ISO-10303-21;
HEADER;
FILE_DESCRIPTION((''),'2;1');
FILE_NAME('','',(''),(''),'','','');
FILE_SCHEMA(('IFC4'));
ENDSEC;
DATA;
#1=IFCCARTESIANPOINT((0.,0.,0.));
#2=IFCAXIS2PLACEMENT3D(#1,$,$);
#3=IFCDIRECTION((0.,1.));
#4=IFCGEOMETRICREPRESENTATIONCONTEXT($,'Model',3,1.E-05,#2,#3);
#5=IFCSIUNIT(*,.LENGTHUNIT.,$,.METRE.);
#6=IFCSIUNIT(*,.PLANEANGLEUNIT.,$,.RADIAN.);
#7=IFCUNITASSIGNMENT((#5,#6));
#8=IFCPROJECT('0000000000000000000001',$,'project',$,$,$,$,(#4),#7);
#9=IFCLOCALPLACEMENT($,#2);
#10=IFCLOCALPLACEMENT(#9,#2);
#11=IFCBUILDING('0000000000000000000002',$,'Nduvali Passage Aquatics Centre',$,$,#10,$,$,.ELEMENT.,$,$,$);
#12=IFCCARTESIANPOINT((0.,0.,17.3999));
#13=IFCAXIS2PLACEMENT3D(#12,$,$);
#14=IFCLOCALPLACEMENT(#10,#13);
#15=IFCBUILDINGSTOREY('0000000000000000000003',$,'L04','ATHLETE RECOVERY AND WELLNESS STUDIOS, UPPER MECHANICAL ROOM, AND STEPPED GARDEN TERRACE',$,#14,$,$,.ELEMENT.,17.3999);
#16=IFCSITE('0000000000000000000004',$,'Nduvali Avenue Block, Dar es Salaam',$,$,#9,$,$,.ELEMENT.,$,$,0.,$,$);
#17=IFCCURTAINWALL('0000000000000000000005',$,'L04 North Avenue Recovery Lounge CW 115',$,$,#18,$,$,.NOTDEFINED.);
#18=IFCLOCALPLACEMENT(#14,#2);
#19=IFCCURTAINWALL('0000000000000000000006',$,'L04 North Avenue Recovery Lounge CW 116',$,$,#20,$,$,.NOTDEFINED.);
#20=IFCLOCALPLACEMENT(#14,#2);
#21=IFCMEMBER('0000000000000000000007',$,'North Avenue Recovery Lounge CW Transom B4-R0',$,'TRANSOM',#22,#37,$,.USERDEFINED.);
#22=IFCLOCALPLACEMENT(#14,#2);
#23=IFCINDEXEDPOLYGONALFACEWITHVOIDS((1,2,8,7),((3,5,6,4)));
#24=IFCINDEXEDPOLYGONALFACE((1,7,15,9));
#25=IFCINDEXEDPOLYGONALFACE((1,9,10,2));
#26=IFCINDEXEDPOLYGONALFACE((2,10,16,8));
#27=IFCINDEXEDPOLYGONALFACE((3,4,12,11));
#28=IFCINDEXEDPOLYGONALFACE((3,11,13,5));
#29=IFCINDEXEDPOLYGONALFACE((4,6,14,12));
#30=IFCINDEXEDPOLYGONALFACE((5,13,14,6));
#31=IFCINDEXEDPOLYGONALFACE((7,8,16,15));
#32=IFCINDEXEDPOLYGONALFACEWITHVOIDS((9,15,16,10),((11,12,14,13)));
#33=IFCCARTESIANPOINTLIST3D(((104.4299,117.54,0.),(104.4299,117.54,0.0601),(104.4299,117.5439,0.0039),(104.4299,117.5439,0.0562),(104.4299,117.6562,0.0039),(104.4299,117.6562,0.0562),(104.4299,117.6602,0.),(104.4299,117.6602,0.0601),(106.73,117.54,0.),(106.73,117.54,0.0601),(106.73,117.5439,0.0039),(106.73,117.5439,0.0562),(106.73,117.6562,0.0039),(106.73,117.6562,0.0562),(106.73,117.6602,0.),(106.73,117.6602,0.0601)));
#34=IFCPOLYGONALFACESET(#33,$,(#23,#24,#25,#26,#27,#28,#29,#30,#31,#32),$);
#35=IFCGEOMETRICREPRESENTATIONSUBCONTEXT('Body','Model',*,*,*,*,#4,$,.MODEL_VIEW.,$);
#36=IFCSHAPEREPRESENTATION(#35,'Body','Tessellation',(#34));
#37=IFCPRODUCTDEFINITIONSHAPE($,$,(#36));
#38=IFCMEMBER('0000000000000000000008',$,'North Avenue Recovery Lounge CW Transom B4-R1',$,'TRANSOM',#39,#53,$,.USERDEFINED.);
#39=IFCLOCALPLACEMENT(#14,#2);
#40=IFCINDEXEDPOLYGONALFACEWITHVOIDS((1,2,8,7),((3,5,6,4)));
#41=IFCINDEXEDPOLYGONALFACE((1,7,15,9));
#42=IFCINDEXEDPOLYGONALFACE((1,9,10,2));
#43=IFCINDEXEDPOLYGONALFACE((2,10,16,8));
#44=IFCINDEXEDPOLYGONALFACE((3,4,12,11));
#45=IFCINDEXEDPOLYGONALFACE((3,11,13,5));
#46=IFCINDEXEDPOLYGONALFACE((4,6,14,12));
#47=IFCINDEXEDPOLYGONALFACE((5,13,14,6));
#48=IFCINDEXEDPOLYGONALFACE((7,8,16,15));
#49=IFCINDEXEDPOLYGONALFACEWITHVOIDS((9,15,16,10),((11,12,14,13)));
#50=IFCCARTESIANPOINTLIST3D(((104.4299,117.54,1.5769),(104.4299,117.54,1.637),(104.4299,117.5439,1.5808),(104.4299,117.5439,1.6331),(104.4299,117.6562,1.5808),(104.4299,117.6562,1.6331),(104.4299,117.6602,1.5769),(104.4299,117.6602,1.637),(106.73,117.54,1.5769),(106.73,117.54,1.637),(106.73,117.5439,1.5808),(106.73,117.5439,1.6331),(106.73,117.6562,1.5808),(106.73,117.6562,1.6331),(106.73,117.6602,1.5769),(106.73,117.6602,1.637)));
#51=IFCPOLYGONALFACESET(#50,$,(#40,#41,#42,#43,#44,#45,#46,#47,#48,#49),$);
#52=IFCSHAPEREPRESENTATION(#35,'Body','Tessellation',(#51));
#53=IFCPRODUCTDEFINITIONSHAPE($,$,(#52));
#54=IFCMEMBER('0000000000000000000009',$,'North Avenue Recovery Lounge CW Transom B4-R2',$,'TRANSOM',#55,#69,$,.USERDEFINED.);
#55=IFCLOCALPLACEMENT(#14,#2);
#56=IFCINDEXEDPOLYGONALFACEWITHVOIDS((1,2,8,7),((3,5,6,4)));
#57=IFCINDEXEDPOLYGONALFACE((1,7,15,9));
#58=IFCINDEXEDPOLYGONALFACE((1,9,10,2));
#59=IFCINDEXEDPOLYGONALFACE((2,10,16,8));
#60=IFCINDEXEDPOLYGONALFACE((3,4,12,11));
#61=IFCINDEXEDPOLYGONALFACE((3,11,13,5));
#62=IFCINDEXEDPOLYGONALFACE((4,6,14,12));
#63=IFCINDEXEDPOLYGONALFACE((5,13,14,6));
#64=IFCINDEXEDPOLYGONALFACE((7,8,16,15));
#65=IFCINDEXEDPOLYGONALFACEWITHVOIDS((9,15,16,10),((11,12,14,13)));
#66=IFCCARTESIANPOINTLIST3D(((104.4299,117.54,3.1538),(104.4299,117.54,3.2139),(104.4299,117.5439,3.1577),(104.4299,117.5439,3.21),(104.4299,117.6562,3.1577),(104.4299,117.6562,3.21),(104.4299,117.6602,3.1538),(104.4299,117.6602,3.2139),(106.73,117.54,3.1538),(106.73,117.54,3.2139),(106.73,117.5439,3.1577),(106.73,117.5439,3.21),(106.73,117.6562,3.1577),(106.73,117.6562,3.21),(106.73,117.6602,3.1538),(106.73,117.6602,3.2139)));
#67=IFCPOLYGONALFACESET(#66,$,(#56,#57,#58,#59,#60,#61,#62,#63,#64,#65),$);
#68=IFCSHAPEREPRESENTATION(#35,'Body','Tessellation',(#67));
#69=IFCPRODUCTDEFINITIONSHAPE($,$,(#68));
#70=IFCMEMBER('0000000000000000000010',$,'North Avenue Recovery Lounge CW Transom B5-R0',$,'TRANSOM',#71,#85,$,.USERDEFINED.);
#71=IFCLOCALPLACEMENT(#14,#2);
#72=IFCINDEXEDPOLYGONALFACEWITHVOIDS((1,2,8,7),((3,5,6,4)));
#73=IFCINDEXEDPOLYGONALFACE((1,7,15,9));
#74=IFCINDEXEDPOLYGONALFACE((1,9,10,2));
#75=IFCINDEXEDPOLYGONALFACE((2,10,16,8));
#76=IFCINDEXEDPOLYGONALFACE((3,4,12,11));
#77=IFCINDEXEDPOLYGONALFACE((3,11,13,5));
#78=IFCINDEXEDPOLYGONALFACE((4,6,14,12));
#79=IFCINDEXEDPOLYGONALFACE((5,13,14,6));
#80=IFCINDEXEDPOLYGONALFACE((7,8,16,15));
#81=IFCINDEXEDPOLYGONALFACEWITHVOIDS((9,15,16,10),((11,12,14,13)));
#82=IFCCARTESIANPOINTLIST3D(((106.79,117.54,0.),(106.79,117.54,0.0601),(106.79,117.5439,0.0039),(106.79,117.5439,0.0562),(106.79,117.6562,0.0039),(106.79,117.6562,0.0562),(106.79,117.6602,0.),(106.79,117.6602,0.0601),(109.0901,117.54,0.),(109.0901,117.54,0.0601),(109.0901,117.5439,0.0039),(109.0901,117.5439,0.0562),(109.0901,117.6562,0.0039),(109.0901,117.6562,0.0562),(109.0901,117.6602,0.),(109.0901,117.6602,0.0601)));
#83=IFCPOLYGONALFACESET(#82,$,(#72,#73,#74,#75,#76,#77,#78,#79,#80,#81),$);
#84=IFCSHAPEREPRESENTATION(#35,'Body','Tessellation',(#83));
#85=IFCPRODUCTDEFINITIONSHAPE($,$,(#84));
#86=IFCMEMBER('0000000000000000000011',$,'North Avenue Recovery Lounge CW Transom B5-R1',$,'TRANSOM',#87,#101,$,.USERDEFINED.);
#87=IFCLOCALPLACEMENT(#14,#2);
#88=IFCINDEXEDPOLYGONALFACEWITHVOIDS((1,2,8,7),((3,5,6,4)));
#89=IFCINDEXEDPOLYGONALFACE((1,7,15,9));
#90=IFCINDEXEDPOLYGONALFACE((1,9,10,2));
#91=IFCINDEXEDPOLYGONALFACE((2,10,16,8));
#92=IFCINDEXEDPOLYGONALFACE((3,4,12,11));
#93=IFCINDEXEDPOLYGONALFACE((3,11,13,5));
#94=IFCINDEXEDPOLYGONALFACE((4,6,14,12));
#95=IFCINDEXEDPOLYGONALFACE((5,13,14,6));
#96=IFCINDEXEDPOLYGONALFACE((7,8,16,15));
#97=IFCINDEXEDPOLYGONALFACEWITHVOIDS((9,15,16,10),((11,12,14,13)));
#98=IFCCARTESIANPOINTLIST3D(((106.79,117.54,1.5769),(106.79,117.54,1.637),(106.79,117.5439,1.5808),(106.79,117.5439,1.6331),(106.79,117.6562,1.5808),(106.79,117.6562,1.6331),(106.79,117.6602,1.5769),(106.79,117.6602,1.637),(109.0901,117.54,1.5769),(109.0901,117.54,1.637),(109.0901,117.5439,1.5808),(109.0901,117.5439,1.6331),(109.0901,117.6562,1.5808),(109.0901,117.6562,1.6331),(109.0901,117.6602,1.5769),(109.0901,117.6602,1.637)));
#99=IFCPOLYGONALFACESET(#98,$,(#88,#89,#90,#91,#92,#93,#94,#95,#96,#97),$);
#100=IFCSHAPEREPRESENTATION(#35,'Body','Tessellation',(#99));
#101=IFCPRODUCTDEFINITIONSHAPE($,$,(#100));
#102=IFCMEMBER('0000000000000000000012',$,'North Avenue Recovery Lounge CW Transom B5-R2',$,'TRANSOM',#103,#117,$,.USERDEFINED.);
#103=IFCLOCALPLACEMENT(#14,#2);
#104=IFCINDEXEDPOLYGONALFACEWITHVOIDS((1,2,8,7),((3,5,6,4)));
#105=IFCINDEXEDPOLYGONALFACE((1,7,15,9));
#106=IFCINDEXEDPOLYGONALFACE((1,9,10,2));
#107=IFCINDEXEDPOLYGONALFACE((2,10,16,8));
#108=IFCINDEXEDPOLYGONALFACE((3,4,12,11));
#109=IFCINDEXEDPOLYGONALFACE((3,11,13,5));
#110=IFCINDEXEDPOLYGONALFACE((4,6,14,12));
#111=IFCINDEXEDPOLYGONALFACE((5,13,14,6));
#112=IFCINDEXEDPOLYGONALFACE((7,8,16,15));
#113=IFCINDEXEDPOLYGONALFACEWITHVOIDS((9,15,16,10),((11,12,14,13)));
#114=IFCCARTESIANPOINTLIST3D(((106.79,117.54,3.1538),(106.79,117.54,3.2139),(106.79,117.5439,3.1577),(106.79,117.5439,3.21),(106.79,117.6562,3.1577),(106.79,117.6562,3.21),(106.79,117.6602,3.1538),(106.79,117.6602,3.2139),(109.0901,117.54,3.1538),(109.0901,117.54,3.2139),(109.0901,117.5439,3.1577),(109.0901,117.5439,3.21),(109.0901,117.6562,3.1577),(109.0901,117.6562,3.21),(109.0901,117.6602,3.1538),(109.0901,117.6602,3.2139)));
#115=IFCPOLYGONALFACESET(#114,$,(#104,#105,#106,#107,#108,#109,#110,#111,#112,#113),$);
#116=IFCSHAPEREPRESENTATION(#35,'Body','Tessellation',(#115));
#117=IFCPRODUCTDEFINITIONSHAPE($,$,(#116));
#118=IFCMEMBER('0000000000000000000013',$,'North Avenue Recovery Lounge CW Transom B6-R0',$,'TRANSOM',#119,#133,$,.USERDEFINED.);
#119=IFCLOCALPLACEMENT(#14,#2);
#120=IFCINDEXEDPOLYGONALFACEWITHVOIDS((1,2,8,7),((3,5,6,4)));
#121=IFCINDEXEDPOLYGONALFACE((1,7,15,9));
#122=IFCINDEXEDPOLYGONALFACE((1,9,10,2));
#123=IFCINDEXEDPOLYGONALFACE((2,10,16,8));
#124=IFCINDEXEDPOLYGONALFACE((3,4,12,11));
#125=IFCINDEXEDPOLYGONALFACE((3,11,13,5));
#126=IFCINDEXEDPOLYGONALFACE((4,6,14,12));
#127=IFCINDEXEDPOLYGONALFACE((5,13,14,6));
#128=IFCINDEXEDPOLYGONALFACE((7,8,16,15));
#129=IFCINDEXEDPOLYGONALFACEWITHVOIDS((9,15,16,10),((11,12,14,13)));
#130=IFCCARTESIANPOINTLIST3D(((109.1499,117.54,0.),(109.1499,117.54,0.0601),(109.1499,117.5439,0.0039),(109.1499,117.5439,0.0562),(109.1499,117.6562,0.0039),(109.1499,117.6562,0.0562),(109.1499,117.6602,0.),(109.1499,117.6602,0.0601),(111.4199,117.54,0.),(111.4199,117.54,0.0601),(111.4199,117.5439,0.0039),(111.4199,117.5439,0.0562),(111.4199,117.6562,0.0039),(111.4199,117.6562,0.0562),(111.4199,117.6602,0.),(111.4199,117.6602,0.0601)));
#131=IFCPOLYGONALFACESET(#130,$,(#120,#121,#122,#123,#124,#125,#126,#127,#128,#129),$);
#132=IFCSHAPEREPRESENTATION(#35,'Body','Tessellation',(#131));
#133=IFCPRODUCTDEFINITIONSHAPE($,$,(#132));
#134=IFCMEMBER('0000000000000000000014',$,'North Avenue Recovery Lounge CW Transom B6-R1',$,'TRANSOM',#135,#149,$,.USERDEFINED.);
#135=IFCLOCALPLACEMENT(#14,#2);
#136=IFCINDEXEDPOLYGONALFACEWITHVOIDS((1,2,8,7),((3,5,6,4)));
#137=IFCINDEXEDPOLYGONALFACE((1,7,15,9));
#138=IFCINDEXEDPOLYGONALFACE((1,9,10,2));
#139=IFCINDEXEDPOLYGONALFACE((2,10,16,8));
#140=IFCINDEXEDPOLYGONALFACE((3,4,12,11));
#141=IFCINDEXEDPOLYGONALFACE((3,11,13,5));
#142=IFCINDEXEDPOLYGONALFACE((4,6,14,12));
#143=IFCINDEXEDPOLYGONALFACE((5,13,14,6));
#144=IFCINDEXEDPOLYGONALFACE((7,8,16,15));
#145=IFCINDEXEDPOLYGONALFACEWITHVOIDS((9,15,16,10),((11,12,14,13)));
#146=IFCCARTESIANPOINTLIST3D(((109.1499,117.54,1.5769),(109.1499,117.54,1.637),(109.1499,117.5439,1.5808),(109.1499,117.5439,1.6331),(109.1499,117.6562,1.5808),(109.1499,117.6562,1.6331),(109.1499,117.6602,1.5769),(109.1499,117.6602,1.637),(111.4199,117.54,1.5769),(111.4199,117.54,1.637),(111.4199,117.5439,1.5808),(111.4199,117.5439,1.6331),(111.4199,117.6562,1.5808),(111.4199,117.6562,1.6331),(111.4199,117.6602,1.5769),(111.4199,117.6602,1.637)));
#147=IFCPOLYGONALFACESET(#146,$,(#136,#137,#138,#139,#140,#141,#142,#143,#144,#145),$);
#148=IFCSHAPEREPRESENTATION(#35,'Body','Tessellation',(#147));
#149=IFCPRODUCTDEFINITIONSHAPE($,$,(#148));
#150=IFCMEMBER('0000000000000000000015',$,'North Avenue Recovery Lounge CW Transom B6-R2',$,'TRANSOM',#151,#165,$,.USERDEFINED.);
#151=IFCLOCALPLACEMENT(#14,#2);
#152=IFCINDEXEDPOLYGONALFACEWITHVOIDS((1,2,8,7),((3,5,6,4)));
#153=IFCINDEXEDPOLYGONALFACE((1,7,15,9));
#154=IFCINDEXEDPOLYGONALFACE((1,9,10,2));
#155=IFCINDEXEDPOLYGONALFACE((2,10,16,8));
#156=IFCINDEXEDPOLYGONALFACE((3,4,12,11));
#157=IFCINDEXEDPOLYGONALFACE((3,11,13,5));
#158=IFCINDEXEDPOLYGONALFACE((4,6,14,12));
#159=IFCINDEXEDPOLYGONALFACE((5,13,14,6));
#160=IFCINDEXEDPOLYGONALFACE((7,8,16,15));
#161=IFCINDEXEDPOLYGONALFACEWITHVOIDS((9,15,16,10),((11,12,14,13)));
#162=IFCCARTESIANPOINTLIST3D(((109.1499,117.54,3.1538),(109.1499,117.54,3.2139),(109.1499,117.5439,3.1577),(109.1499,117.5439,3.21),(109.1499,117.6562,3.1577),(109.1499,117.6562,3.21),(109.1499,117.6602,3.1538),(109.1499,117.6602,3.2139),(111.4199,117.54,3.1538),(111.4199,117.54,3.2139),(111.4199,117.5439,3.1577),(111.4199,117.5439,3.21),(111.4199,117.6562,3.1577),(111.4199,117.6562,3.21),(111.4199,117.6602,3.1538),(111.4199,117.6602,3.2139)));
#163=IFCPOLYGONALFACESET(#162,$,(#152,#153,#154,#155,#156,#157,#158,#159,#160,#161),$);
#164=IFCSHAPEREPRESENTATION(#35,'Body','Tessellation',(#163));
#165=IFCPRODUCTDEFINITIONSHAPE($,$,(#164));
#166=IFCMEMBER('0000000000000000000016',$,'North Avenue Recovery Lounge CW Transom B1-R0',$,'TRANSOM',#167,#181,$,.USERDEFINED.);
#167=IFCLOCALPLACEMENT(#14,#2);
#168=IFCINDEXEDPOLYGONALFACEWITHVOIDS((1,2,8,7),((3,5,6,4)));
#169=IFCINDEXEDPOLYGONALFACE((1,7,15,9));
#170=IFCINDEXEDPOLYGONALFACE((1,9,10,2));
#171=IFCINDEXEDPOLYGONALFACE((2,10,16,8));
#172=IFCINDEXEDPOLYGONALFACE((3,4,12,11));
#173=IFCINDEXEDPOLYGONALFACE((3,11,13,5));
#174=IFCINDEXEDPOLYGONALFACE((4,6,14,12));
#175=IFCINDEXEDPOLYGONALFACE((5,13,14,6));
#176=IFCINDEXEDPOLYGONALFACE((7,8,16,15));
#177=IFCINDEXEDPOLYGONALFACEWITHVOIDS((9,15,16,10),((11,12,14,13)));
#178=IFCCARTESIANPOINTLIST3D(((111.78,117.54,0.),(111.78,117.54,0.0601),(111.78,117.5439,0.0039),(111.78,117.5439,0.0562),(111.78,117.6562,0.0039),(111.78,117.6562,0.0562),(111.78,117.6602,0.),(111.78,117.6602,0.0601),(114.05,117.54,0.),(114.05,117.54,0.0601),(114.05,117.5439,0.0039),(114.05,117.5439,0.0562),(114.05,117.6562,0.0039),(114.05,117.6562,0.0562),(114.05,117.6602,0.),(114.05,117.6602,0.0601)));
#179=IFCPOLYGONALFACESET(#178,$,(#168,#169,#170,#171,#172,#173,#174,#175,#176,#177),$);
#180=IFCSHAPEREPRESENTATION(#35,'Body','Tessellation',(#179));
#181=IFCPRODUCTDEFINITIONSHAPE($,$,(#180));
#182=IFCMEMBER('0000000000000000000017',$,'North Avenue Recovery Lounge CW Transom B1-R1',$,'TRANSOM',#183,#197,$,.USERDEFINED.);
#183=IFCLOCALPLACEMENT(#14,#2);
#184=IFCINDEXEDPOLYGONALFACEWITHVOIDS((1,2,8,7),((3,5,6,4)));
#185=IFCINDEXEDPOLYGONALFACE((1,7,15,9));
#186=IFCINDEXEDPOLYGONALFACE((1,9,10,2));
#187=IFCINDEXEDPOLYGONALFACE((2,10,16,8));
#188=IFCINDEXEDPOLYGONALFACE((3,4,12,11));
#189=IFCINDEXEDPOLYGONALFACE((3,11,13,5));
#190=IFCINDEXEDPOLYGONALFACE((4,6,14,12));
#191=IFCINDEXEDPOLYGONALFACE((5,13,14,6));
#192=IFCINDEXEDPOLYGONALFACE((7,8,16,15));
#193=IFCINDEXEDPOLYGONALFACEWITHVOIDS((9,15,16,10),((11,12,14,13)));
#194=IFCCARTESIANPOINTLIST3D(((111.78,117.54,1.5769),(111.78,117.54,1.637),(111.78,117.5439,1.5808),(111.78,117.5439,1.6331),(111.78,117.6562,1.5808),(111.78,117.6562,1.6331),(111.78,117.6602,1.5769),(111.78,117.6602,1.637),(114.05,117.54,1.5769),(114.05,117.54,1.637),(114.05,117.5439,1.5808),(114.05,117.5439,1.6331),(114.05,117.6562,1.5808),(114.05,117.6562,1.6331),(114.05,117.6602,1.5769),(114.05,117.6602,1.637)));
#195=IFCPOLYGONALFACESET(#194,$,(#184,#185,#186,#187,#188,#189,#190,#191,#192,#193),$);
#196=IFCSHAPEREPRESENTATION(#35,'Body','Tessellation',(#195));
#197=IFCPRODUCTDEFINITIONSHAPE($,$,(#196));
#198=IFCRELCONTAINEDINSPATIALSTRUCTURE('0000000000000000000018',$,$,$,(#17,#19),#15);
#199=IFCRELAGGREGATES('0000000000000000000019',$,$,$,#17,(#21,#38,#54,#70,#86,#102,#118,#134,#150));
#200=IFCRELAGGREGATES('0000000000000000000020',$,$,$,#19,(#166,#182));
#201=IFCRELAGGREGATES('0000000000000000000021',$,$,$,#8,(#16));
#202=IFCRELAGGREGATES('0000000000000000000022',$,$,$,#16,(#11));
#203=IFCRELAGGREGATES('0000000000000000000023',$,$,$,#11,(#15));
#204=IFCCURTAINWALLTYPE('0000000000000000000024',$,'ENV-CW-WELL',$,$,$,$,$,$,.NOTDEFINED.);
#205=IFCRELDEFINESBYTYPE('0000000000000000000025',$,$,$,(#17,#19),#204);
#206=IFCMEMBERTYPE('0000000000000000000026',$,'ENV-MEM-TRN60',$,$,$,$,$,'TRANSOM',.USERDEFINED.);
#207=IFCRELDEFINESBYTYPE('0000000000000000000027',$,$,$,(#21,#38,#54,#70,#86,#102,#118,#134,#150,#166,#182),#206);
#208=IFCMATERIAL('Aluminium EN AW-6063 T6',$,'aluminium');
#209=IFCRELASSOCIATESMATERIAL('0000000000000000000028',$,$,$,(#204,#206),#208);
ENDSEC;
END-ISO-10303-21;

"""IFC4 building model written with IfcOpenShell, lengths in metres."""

from ifc_helpers import new_model, si_unit, direction, frame, origin, origin_2d, place, context, subcontext, project, spatial, hollow_rectangle, extrude, material, material_profile, profile_set, type_object, element, aggregate, save


model = new_model("IFC4")

# Units and contexts
model_context = context("Model", 3, precision=1e-05, world=origin(), true_north=direction((0.0, 1.0)))
body_context = subcontext(model_context, "Body", "Model", "MODEL_VIEW")
ifc_project = project(units=[si_unit("LENGTHUNIT", "METRE"), si_unit("PLANEANGLEUNIT", "RADIAN")], contexts=[model_context])

# Site, building, storey
site_placement = place(None, origin())
site = spatial("IfcSite", under=ifc_project, at=site_placement, Name="Nduvali Avenue Block, Dar es Salaam", CompositionType="ELEMENT", RefElevation=0.0)
building_placement = place(site_placement, origin())
building = spatial("IfcBuilding", under=site, at=building_placement, Name="Nduvali Passage Aquatics Centre", CompositionType="ELEMENT")
storey_placement = place(building_placement, frame((0.0, 0.0, 17.3999)))
storey = spatial("IfcBuildingStorey", under=building, at=storey_placement, Name="L04", Description="ATHLETE RECOVERY AND WELLNESS STUDIOS, UPPER MECHANICAL ROOM, AND STEPPED GARDEN TERRACE", CompositionType="ELEMENT", Elevation=17.3999)

# Curtain walls
ifc_material_1 = material(Name="Aluminium EN AW-6063 T6", Category="aluminium")
curtain_wall_type = type_object("IfcCurtainWallType", Name="ENV-CW-WELL", PredefinedType="NOTDEFINED", material=ifc_material_1)
curtain_wall_1_placement = place(storey_placement, origin())
curtain_wall_1 = element("IfcCurtainWall", 1, at=curtain_wall_1_placement, inside=storey, type_object=curtain_wall_type, Name="L04 North Avenue Recovery Lounge CW 115", PredefinedType="NOTDEFINED")
curtain_wall_2_placement = place(storey_placement, origin())
curtain_wall_2 = element("IfcCurtainWall", 2, at=curtain_wall_2_placement, inside=storey, type_object=curtain_wall_type, Name="L04 North Avenue Recovery Lounge CW 116", PredefinedType="NOTDEFINED")

# Members
ifc_material_profile_1 = material_profile(ifc_material_1, hollow_rectangle(XDim=0.1201, YDim=0.0601, WallThickness=0.0039, at=origin_2d()), Name="ALU TRANSOM 120x60x4")
ifc_profile_set_1 = profile_set([ifc_material_profile_1], Name="Aluminium EN AW-6063 T6")
member_type_1 = type_object("IfcMemberType", Name="ENV-MEM-TRN60", ElementType="TRANSOM", PredefinedType="USERDEFINED", material=ifc_profile_set_1)
member_1_placement = place(storey_placement, frame((104.4299, 117.6001, 0.03), z_axis=(1.0, 0.0, 0.0), x_axis=(0.0, 1.0, 0.0)))
member_1 = element("IfcMember", 3, at=member_1_placement, type_object=member_type_1, Name="North Avenue Recovery Lounge CW Transom B4-R0", ObjectType="TRANSOM", PredefinedType="USERDEFINED", context=body_context, shape_type="SweptSolid", body=[
    extrude(hollow_rectangle(XDim=0.1201, YDim=0.0601, WallThickness=0.0039, at=origin_2d()), origin(), (0.0, 0.0, 1.0), 2.3),
])
member_2_placement = place(storey_placement, frame((104.4299, 117.6001, 1.6069), z_axis=(1.0, 0.0, 0.0), x_axis=(0.0, 1.0, 0.0)))
member_2 = element("IfcMember", 4, at=member_2_placement, type_object=member_type_1, Name="North Avenue Recovery Lounge CW Transom B4-R1", ObjectType="TRANSOM", PredefinedType="USERDEFINED", context=body_context, shape_type="SweptSolid", body=[
    extrude(hollow_rectangle(XDim=0.1201, YDim=0.0601, WallThickness=0.0039, at=origin_2d()), origin(), (0.0, 0.0, 1.0), 2.3),
])
member_3_placement = place(storey_placement, frame((104.4299, 117.6001, 3.1838), z_axis=(1.0, 0.0, 0.0), x_axis=(0.0, 1.0, 0.0)))
member_3 = element("IfcMember", 5, at=member_3_placement, type_object=member_type_1, Name="North Avenue Recovery Lounge CW Transom B4-R2", ObjectType="TRANSOM", PredefinedType="USERDEFINED", context=body_context, shape_type="SweptSolid", body=[
    extrude(hollow_rectangle(XDim=0.1201, YDim=0.0601, WallThickness=0.0039, at=origin_2d()), origin(), (0.0, 0.0, 1.0), 2.3),
])
member_4_placement = place(storey_placement, frame((106.79, 117.6001, 0.03), z_axis=(1.0, 0.0, 0.0), x_axis=(0.0, 1.0, 0.0)))
member_4 = element("IfcMember", 6, at=member_4_placement, type_object=member_type_1, Name="North Avenue Recovery Lounge CW Transom B5-R0", ObjectType="TRANSOM", PredefinedType="USERDEFINED", context=body_context, shape_type="SweptSolid", body=[
    extrude(hollow_rectangle(XDim=0.1201, YDim=0.0601, WallThickness=0.0039, at=origin_2d()), origin(), (0.0, 0.0, 1.0), 2.3),
])
member_5_placement = place(storey_placement, frame((106.79, 117.6001, 1.6069), z_axis=(1.0, 0.0, 0.0), x_axis=(0.0, 1.0, 0.0)))
member_5 = element("IfcMember", 7, at=member_5_placement, type_object=member_type_1, Name="North Avenue Recovery Lounge CW Transom B5-R1", ObjectType="TRANSOM", PredefinedType="USERDEFINED", context=body_context, shape_type="SweptSolid", body=[
    extrude(hollow_rectangle(XDim=0.1201, YDim=0.0601, WallThickness=0.0039, at=origin_2d()), origin(), (0.0, 0.0, 1.0), 2.3),
])
member_6_placement = place(storey_placement, frame((106.79, 117.6001, 3.1838), z_axis=(1.0, 0.0, 0.0), x_axis=(0.0, 1.0, 0.0)))
member_6 = element("IfcMember", 8, at=member_6_placement, type_object=member_type_1, Name="North Avenue Recovery Lounge CW Transom B5-R2", ObjectType="TRANSOM", PredefinedType="USERDEFINED", context=body_context, shape_type="SweptSolid", body=[
    extrude(hollow_rectangle(XDim=0.1201, YDim=0.0601, WallThickness=0.0039, at=origin_2d()), origin(), (0.0, 0.0, 1.0), 2.3),
])
member_7_placement = place(storey_placement, frame((109.1499, 117.6001, 0.03), z_axis=(1.0, 0.0, 0.0), x_axis=(0.0, 1.0, 0.0)))
member_7 = element("IfcMember", 9, at=member_7_placement, type_object=member_type_1, Name="North Avenue Recovery Lounge CW Transom B6-R0", ObjectType="TRANSOM", PredefinedType="USERDEFINED", context=body_context, shape_type="SweptSolid", body=[
    extrude(hollow_rectangle(XDim=0.1201, YDim=0.0601, WallThickness=0.0039, at=origin_2d()), origin(), (0.0, 0.0, 1.0), 2.27),
])
member_8_placement = place(storey_placement, frame((109.1499, 117.6001, 1.6069), z_axis=(1.0, 0.0, 0.0), x_axis=(0.0, 1.0, 0.0)))
member_8 = element("IfcMember", 10, at=member_8_placement, type_object=member_type_1, Name="North Avenue Recovery Lounge CW Transom B6-R1", ObjectType="TRANSOM", PredefinedType="USERDEFINED", context=body_context, shape_type="SweptSolid", body=[
    extrude(hollow_rectangle(XDim=0.1201, YDim=0.0601, WallThickness=0.0039, at=origin_2d()), origin(), (0.0, 0.0, 1.0), 2.27),
])
member_9_placement = place(storey_placement, frame((109.1499, 117.6001, 3.1838), z_axis=(1.0, 0.0, 0.0), x_axis=(0.0, 1.0, 0.0)))
member_9 = element("IfcMember", 11, at=member_9_placement, type_object=member_type_1, Name="North Avenue Recovery Lounge CW Transom B6-R2", ObjectType="TRANSOM", PredefinedType="USERDEFINED", context=body_context, shape_type="SweptSolid", body=[
    extrude(hollow_rectangle(XDim=0.1201, YDim=0.0601, WallThickness=0.0039, at=origin_2d()), origin(), (0.0, 0.0, 1.0), 2.27),
])
member_10_placement = place(storey_placement, frame((111.78, 117.6001, 0.03), z_axis=(1.0, 0.0, 0.0), x_axis=(0.0, 1.0, 0.0)))
member_10 = element("IfcMember", 12, at=member_10_placement, type_object=member_type_1, Name="North Avenue Recovery Lounge CW Transom B1-R0", ObjectType="TRANSOM", PredefinedType="USERDEFINED", context=body_context, shape_type="SweptSolid", body=[
    extrude(hollow_rectangle(XDim=0.1201, YDim=0.0601, WallThickness=0.0039, at=origin_2d()), origin(), (0.0, 0.0, 1.0), 2.27),
])
member_11_placement = place(storey_placement, frame((111.78, 117.6001, 1.6069), z_axis=(1.0, 0.0, 0.0), x_axis=(0.0, 1.0, 0.0)))
member_11 = element("IfcMember", 13, at=member_11_placement, type_object=member_type_1, Name="North Avenue Recovery Lounge CW Transom B1-R1", ObjectType="TRANSOM", PredefinedType="USERDEFINED", context=body_context, shape_type="SweptSolid", body=[
    extrude(hollow_rectangle(XDim=0.1201, YDim=0.0601, WallThickness=0.0039, at=origin_2d()), origin(), (0.0, 0.0, 1.0), 2.27),
])

aggregate(curtain_wall_1, [member_1, member_2, member_3, member_4, member_5, member_6, member_7, member_8, member_9])
aggregate(curtain_wall_2, [member_10, member_11])

save(model, "model.ifc")
